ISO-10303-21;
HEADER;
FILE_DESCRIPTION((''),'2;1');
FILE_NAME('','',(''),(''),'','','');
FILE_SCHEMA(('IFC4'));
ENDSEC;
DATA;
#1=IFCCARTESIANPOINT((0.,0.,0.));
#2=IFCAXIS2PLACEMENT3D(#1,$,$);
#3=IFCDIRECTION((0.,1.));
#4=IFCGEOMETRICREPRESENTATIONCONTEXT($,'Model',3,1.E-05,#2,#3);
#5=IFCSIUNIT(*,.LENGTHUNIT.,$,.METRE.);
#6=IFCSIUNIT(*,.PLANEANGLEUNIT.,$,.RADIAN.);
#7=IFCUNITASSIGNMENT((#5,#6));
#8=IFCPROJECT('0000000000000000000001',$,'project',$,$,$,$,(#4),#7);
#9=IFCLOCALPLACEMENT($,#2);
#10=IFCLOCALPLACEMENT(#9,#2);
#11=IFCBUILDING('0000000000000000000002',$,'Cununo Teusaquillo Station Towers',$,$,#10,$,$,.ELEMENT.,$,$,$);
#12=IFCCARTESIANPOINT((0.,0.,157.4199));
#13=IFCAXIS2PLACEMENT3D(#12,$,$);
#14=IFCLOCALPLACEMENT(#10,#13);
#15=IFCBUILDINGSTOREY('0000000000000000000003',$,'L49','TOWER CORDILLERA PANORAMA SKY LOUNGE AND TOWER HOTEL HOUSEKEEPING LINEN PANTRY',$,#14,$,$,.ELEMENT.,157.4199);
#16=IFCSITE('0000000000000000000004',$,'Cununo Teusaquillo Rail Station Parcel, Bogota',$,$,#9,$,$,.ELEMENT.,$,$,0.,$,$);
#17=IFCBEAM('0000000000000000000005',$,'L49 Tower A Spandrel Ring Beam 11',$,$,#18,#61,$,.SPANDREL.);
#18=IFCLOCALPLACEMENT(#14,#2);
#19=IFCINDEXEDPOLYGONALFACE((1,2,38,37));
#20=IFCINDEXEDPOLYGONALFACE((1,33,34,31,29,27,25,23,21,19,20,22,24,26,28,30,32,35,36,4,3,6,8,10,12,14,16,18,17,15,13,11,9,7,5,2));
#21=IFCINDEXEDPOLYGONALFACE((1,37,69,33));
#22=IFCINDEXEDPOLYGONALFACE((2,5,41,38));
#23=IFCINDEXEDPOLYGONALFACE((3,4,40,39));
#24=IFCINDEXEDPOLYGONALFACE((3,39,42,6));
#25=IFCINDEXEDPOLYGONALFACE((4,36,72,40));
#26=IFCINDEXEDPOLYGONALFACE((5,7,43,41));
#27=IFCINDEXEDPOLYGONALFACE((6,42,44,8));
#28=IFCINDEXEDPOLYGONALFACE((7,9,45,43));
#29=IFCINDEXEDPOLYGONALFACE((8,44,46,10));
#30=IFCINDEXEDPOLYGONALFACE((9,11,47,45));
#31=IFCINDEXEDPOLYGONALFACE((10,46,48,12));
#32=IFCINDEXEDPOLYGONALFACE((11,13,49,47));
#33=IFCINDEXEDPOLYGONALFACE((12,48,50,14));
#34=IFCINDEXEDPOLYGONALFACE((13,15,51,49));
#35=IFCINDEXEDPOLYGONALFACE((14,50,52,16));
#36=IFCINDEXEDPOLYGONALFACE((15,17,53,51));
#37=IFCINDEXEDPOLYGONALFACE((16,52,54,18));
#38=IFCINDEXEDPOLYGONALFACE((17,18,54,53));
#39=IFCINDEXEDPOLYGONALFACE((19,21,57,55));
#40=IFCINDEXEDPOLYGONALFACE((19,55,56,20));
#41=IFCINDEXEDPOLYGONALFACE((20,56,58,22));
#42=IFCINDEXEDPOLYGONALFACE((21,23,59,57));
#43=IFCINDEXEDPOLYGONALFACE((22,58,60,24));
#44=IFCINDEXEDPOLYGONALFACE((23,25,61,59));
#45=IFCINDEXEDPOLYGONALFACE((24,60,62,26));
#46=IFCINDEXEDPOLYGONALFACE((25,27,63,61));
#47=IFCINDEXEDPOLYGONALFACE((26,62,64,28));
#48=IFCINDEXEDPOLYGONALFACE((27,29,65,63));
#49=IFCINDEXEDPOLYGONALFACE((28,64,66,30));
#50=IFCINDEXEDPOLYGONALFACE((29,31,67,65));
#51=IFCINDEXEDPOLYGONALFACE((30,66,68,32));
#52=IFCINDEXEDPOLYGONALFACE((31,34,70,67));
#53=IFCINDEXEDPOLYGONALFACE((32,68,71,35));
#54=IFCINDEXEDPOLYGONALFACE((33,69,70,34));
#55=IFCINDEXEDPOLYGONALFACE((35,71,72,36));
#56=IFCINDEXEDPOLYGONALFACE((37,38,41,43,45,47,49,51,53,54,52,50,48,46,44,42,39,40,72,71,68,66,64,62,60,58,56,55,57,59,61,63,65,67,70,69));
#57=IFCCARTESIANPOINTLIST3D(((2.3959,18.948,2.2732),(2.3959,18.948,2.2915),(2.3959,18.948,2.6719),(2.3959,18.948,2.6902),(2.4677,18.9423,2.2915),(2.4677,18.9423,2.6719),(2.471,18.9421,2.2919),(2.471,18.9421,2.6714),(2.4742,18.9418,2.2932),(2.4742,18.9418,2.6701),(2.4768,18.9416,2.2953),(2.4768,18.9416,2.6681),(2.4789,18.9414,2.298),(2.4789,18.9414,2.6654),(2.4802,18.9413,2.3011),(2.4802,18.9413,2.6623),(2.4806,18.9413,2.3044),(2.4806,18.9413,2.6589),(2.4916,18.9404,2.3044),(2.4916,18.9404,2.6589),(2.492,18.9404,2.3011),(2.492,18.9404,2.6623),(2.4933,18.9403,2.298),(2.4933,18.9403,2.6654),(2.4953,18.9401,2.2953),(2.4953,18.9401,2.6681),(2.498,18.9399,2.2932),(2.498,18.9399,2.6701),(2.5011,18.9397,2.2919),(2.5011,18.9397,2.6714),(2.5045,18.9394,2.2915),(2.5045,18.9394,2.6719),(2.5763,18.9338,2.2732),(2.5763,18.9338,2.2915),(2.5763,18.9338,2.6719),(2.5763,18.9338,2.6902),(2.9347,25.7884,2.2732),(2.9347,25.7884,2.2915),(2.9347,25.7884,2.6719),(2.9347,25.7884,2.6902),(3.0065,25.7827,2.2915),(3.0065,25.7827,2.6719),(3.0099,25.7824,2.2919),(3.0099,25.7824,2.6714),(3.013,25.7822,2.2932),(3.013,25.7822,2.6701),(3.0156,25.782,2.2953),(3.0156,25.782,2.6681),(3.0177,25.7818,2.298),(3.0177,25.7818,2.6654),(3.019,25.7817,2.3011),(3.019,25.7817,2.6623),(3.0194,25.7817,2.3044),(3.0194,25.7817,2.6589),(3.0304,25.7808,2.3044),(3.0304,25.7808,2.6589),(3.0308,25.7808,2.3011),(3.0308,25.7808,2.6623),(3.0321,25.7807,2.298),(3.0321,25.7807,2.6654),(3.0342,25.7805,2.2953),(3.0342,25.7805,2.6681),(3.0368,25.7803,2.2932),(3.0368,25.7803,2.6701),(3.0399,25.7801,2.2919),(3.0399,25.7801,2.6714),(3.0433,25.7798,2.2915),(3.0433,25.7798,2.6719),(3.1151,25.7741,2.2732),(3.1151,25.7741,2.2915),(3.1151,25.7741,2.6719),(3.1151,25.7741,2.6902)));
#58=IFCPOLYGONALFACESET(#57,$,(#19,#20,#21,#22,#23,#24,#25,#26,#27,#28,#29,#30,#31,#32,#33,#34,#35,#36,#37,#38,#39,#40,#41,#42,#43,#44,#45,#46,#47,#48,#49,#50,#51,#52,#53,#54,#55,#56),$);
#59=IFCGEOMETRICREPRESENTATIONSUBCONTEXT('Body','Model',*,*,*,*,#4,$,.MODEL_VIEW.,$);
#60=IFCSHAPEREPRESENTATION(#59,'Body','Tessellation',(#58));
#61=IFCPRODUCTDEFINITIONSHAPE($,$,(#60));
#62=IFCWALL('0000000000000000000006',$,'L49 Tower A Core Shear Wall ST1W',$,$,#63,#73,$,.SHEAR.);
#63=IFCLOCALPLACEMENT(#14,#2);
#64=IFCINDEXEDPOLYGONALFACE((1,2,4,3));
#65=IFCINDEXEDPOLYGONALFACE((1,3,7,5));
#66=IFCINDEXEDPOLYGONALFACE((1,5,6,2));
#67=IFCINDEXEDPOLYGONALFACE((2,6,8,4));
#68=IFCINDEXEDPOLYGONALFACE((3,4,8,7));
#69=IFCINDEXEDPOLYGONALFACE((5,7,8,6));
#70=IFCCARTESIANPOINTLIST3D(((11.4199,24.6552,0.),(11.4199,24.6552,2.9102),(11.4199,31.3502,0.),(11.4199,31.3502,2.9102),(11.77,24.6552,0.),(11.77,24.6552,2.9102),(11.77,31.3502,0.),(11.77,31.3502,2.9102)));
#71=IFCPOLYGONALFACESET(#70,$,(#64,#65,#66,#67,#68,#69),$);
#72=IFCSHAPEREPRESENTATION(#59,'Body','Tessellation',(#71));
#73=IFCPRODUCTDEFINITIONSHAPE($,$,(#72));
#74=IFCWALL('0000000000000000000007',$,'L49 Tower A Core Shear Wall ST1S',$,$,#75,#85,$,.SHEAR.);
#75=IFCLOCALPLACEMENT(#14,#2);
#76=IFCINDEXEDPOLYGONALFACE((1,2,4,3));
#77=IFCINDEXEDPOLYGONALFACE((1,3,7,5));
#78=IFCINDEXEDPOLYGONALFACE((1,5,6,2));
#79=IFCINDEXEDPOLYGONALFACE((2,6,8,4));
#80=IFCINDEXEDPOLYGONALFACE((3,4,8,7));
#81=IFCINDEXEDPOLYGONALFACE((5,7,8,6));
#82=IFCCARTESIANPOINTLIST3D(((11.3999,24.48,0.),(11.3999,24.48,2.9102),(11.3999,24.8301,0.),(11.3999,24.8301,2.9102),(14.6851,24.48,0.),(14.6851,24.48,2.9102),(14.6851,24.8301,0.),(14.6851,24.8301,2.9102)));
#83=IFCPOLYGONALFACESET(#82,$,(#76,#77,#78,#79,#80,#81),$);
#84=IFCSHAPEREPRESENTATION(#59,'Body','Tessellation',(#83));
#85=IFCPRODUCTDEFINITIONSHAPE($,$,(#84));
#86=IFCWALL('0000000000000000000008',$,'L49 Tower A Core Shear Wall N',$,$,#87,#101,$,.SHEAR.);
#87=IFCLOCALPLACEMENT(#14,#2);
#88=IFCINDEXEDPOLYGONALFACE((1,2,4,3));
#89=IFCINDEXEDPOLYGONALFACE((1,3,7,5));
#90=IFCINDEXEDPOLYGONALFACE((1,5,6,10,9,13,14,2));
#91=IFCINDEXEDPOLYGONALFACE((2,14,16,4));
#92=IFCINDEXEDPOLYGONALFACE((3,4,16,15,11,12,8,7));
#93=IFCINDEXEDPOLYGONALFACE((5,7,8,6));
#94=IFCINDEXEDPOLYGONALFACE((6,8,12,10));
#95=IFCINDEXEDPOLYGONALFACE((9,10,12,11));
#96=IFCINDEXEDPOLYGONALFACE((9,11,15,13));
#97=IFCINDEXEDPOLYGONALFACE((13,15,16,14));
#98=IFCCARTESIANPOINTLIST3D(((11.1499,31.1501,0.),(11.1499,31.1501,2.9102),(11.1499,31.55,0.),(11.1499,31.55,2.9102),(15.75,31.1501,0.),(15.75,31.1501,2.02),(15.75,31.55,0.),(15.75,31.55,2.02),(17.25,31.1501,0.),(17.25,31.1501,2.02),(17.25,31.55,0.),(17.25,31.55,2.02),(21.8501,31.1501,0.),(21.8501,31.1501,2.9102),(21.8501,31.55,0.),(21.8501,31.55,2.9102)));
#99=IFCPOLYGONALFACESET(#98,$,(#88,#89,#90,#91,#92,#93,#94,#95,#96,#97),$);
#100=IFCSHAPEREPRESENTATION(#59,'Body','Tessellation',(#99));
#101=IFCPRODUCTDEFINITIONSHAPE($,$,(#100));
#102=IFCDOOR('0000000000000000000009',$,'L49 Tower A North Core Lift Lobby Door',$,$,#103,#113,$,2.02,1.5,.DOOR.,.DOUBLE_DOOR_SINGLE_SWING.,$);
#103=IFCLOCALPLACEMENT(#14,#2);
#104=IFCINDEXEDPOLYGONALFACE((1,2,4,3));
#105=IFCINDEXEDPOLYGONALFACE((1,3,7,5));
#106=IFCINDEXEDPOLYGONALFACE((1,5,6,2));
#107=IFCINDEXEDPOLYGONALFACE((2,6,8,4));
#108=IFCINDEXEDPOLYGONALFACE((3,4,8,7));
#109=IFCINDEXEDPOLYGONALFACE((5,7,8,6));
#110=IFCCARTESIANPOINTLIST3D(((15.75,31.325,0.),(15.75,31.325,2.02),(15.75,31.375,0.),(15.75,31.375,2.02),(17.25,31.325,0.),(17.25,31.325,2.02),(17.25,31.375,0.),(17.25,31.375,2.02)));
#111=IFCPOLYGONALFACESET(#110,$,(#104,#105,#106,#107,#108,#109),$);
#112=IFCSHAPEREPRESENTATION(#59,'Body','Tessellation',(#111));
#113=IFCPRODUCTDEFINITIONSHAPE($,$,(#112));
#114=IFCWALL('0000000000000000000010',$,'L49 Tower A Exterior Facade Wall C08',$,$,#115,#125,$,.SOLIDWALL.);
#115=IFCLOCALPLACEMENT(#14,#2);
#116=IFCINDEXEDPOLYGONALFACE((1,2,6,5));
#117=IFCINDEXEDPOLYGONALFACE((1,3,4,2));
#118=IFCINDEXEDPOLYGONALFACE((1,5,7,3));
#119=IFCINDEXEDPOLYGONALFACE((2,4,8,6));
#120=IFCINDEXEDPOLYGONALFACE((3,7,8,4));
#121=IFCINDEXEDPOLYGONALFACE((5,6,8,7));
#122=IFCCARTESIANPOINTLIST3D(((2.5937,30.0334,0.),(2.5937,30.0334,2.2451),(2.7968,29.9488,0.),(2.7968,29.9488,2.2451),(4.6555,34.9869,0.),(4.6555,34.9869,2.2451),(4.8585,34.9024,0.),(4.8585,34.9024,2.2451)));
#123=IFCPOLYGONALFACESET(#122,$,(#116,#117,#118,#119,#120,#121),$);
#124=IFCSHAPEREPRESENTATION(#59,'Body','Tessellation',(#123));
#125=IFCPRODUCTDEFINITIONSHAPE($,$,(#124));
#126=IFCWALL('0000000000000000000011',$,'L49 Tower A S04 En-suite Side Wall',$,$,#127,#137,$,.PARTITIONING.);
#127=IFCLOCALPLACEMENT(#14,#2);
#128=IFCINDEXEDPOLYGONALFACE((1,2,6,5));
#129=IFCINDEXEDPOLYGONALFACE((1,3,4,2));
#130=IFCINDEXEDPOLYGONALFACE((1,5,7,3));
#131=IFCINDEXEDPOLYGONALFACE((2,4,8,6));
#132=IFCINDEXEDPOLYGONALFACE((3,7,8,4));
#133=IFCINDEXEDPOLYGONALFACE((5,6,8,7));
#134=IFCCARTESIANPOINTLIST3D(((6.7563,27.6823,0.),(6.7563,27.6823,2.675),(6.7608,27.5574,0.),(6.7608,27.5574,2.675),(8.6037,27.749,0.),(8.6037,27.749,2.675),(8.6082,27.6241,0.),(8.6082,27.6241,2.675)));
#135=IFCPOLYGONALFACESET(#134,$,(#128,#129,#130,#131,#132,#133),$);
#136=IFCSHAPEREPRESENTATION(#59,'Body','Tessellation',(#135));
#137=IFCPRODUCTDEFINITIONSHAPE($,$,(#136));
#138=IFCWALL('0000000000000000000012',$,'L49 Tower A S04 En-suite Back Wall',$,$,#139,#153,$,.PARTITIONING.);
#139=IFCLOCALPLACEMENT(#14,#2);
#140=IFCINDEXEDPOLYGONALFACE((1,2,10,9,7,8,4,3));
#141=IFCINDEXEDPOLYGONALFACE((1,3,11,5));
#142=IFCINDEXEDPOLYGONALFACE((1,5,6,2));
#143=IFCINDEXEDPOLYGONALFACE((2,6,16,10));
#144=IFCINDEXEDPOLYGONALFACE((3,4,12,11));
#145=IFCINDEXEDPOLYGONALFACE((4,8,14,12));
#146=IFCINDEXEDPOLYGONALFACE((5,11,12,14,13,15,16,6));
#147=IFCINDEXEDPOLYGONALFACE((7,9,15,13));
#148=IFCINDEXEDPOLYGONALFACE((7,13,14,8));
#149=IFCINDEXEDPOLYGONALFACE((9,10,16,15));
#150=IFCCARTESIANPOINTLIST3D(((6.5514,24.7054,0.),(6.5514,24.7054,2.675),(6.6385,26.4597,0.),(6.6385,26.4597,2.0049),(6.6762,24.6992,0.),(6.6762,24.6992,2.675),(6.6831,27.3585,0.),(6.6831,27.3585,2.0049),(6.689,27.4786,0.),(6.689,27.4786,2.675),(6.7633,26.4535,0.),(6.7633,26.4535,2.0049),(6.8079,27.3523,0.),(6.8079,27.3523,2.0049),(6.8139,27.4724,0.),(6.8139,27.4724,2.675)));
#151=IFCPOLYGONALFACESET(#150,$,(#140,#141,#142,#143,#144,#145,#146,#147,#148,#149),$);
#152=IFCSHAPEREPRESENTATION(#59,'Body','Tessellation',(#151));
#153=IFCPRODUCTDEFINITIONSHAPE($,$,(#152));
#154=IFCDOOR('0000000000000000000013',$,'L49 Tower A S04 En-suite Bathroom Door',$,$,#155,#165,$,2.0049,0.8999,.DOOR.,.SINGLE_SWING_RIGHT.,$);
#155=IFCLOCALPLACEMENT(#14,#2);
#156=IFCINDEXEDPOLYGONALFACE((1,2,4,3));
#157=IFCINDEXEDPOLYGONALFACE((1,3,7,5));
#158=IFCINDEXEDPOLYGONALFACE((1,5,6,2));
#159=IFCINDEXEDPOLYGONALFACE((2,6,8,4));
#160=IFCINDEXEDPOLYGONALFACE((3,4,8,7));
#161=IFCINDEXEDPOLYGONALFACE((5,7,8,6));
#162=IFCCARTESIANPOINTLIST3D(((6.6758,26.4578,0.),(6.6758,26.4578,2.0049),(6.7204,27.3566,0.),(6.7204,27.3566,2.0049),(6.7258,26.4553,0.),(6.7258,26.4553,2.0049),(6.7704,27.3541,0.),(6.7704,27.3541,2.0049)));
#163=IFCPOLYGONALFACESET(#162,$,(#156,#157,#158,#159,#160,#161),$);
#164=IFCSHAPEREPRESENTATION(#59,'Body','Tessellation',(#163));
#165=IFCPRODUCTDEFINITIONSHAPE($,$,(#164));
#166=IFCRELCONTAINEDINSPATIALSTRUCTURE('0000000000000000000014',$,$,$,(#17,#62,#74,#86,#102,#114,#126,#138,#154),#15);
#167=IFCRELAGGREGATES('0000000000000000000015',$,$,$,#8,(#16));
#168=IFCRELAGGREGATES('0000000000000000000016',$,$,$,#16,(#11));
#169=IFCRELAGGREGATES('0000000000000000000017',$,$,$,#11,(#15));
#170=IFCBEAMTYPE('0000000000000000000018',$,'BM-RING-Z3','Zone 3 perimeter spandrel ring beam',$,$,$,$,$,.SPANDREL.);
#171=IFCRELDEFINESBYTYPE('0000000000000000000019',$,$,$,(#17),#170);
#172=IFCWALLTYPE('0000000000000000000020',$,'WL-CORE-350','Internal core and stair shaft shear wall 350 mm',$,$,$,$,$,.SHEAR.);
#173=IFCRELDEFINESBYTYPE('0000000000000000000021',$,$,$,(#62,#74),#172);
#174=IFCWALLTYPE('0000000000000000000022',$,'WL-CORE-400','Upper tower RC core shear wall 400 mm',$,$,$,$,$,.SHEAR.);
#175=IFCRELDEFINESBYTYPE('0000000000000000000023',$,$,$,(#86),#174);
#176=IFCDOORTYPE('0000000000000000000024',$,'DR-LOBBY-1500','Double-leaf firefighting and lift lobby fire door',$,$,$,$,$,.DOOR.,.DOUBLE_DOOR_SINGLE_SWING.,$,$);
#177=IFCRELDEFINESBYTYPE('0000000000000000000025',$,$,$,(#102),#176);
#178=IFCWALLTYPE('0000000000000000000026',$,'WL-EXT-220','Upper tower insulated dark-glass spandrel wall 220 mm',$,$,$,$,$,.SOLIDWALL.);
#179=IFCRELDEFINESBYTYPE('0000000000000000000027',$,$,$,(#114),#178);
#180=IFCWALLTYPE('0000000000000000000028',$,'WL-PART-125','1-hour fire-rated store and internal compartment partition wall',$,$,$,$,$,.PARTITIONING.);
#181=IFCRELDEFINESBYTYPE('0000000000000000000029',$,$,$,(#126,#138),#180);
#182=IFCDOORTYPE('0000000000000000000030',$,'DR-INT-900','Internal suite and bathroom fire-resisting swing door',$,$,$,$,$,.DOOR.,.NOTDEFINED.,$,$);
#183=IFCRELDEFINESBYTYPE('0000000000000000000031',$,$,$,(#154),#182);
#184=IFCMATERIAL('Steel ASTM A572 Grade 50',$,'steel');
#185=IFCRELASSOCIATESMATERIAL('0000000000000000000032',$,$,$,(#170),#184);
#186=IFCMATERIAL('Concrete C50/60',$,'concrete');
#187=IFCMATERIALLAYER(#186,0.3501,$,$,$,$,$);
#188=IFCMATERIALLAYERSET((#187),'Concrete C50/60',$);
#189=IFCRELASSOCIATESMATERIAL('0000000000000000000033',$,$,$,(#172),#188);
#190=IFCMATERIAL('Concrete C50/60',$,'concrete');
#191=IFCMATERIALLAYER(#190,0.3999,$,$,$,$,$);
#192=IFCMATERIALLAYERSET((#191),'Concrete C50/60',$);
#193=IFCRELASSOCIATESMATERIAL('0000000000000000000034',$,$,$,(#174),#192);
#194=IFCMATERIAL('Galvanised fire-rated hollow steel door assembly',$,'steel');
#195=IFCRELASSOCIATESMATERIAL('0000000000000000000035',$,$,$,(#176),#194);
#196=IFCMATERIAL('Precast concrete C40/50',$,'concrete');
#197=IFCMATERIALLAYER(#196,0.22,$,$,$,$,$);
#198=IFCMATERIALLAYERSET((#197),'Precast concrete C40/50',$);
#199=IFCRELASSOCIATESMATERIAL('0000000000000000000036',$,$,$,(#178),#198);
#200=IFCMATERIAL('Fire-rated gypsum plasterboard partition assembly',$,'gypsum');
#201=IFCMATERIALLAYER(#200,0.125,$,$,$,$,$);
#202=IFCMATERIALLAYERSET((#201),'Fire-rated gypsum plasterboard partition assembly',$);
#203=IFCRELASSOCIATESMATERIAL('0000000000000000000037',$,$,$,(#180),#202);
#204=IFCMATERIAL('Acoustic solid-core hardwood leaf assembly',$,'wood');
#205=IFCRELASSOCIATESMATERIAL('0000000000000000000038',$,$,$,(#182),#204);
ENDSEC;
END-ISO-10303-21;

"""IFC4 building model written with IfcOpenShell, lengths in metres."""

from ifc_helpers import new_model, si_unit, direction, frame, frame_2d, origin, origin_2d, place, context, subcontext, project, spatial, rectangle, i_section, extrude, source, transform, mapped, material, layer, layer_set, material_profile, profile_set, type_object, element, fill, save


model = new_model("IFC4")

# Units and contexts
model_context = context("Model", 3, precision=1e-05, world=origin(), true_north=direction((0.0, 1.0)))
body_context = subcontext(model_context, "Body", "Model", "MODEL_VIEW")
ifc_project = project(units=[si_unit("LENGTHUNIT", "METRE"), si_unit("PLANEANGLEUNIT", "RADIAN")], contexts=[model_context])

# Site, building, storey
site_placement = place(None, origin())
site = spatial("IfcSite", under=ifc_project, at=site_placement, Name="Cununo Teusaquillo Rail Station Parcel, Bogota", CompositionType="ELEMENT", RefElevation=0.0)
building_placement = place(site_placement, origin())
building = spatial("IfcBuilding", under=site, at=building_placement, Name="Cununo Teusaquillo Station Towers", CompositionType="ELEMENT")
storey_placement = place(building_placement, frame((0.0, 0.0, 157.4199)))
storey = spatial("IfcBuildingStorey", under=building, at=storey_placement, Name="L49", Description="TOWER CORDILLERA PANORAMA SKY LOUNGE AND TOWER HOTEL HOUSEKEEPING LINEN PANTRY", CompositionType="ELEMENT", Elevation=157.4199)

# Beam
ifc_material_1 = material(Name="Steel ASTM A572 Grade 50", Category="steel")
ifc_material_profile_1 = material_profile(ifc_material_1, i_section(OverallWidth=0.1809, OverallDepth=0.417, WebThickness=0.011, FlangeThickness=0.0183, FilletRadius=0.0129, at=origin_2d()), Name="W16X57")
ifc_profile_set_1 = profile_set([ifc_material_profile_1], Name="Steel ASTM A572 Grade 50")
beam_type_1 = type_object("IfcBeamType", Name="BM-RING-Z3", Description="Zone 3 perimeter spandrel ring beam", PredefinedType="SPANDREL", material=ifc_profile_set_1)
beam_1_placement = place(storey_placement, frame((3.0249, 25.7812, 2.4817), z_axis=(-0.078528, -0.996912, 0.0), x_axis=(0.996912, -0.078528, 0.0)))
element("IfcBeam", 1, at=beam_1_placement, inside=storey, type_object=beam_type_1, Name="L49 Tower A Spandrel Ring Beam 11", PredefinedType="SPANDREL", context=body_context, shape_type="SweptSolid", body=[
    extrude(i_section(OverallWidth=0.1809, OverallDepth=0.417, WebThickness=0.011, FlangeThickness=0.0183, FilletRadius=0.0129, at=origin_2d()), origin(), (0.0, 0.0, 1.0), 6.8616),
])

# Walls
ifc_material_2 = material(Name="Concrete C50/60", Category="concrete")
ifc_layer_1 = layer(ifc_material_2, 0.3501)
ifc_layer_set_1 = layer_set([ifc_layer_1], Name="Concrete C50/60")
wall_type_1 = type_object("IfcWallType", Name="WL-CORE-350", Description="Internal core and stair shaft shear wall 350 mm", PredefinedType="SHEAR", material=ifc_layer_set_1)
wall_1_placement = place(storey_placement, frame((11.595, 24.655, 0.0), z_axis=(0.0, 0.0, 1.0), x_axis=(0.0, 1.0, 0.0)))
element("IfcWall", 2, at=wall_1_placement, inside=storey, type_object=wall_type_1, Name="L49 Tower A Core Shear Wall ST1W", PredefinedType="SHEAR", context=body_context, shape_type="SweptSolid", body=[
    extrude(rectangle(XDim=6.6951, YDim=0.3501, at=frame_2d((3.3477, 0.0))), origin(), (0.0, 0.0, 1.0), 2.9102),
])
wall_2_placement = place(storey_placement, frame((11.3999, 24.655, 0.0), z_axis=(0.0, 0.0, 1.0), x_axis=(1.0, 0.0, 0.0)))
element("IfcWall", 3, at=wall_2_placement, inside=storey, type_object=wall_type_1, Name="L49 Tower A Core Shear Wall ST1S", PredefinedType="SHEAR", context=body_context, shape_type="SweptSolid", body=[
    extrude(rectangle(XDim=3.2852, YDim=0.3501, at=frame_2d((1.6426, 0.0))), origin(), (0.0, 0.0, 1.0), 2.9102),
])

# Wall, opening, door
ifc_material_3 = material(Name="Concrete C50/60", Category="concrete")
ifc_layer_2 = layer(ifc_material_3, 0.3999)
ifc_layer_set_2 = layer_set([ifc_layer_2], Name="Concrete C50/60")
wall_type_2 = type_object("IfcWallType", Name="WL-CORE-400", Description="Upper tower RC core shear wall 400 mm", PredefinedType="SHEAR", material=ifc_layer_set_2)
wall_3_placement = place(storey_placement, frame((11.1499, 31.3501, 0.0), z_axis=(0.0, 0.0, 1.0), x_axis=(1.0, 0.0, 0.0)))
wall_3 = element("IfcWall", 4, at=wall_3_placement, inside=storey, type_object=wall_type_2, Name="L49 Tower A Core Shear Wall N", PredefinedType="SHEAR", context=body_context, shape_type="SweptSolid", body=[
    extrude(rectangle(XDim=10.7002, YDim=0.3999, at=frame_2d((5.3501, 0.0))), origin(), (0.0, 0.0, 1.0), 2.9102),
])
shared_shape_1 = source(origin(), body_context, "Body", "SweptSolid", [
    extrude(rectangle(XDim=1.5, YDim=2.02, at=frame_2d((0.75, 1.01))), frame((0.0, 0.21, 0.0), z_axis=(0.0, -1.0, 0.0), x_axis=(1.0, 0.0, 0.0)), (0.0, 0.0, 1.0), 0.4199),
])
opening_1_placement = place(wall_3_placement, frame((4.6001, 0.0, 0.0)))
opening_1 = element("IfcOpeningElement", 5, at=opening_1_placement, cuts=wall_3, PredefinedType="OPENING", context=body_context, shape_type="MappedRepresentation", body=[
    mapped(shared_shape_1, transform((0.0, 0.0, 0.0), x_axis=(1.0, 0.0, 0.0), y_axis=(0.0, 1.0, 0.0), z_axis=(0.0, 0.0, 1.0), scale=1.0)),
])
ifc_material_4 = material(Name="Galvanised fire-rated hollow steel door assembly", Category="steel")
door_type_1 = type_object("IfcDoorType", Name="DR-LOBBY-1500", Description="Double-leaf firefighting and lift lobby fire door", OperationType="DOUBLE_DOOR_SINGLE_SWING", PredefinedType="DOOR", material=ifc_material_4)
shared_shape_2 = source(origin(), body_context, "Body", "SweptSolid", [
    extrude(rectangle(XDim=1.5, YDim=2.02, at=frame_2d((0.75, 1.01))), frame((0.0, 0.0249, 0.0), z_axis=(0.0, -1.0, 0.0), x_axis=(1.0, 0.0, 0.0)), (0.0, 0.0, 1.0), 0.05),
])
door_1_placement = place(opening_1_placement, origin())
door_1 = element("IfcDoor", 6, at=door_1_placement, inside=storey, type_object=door_type_1, Name="L49 Tower A North Core Lift Lobby Door", OperationType="DOUBLE_DOOR_SINGLE_SWING", OverallHeight=2.02, OverallWidth=1.5, PredefinedType="DOOR", context=body_context, shape_type="MappedRepresentation", body=[
    mapped(shared_shape_2, transform((0.0, 0.0, 0.0), x_axis=(1.0, 0.0, 0.0), y_axis=(0.0, 1.0, 0.0), z_axis=(0.0, 0.0, 1.0), scale=1.0)),
])
fill(opening_1, door_1)

# Walls
ifc_material_5 = material(Name="Precast concrete C40/50", Category="concrete")
ifc_layer_3 = layer(ifc_material_5, 0.22)
ifc_layer_set_3 = layer_set([ifc_layer_3], Name="Precast concrete C40/50")
wall_type_3 = type_object("IfcWallType", Name="WL-EXT-220", Description="Upper tower insulated dark-glass spandrel wall 220 mm", PredefinedType="SOLIDWALL", material=ifc_layer_set_3)
wall_4_placement = place(storey_placement, frame((2.6953, 29.9912, 0.0), z_axis=(0.0, 0.0, 1.0), x_axis=(0.38426, 0.923225, 0.0)))
element("IfcWall", 7, at=wall_4_placement, inside=storey, type_object=wall_type_3, Name="L49 Tower A Exterior Facade Wall C08", PredefinedType="SOLIDWALL", context=body_context, shape_type="SweptSolid", body=[
    extrude(rectangle(XDim=5.3655, YDim=0.22, at=frame_2d((2.6826, 0.0))), origin(), (0.0, 0.0, 1.0), 2.2451),
])
ifc_material_6 = material(Name="Fire-rated gypsum plasterboard partition assembly", Category="gypsum")
ifc_layer_4 = layer(ifc_material_6, 0.125)
ifc_layer_set_4 = layer_set([ifc_layer_4], Name="Fire-rated gypsum plasterboard partition assembly")
wall_type_4 = type_object("IfcWallType", Name="WL-PART-125", Description="1-hour fire-rated store and internal compartment partition wall", PredefinedType="PARTITIONING", material=ifc_layer_set_4)
wall_5_placement = place(storey_placement, frame((8.606, 27.6865, 0.0), z_axis=(0.0, 0.0, 1.0), x_axis=(-0.99935, -0.036054, 0.0)))
element("IfcWall", 8, at=wall_5_placement, inside=storey, type_object=wall_type_4, Name="L49 Tower A S04 En-suite Side Wall", PredefinedType="PARTITIONING", context=body_context, shape_type="SweptSolid", body=[
    extrude(rectangle(XDim=1.8486, YDim=0.125, at=frame_2d((0.9243, 0.0))), origin(), (0.0, 0.0, 1.0), 2.675),
])

# Wall, opening, door
wall_6_placement = place(storey_placement, frame((6.7515, 27.4753, 0.0), z_axis=(0.0, 0.0, 1.0), x_axis=(-0.049591, -0.99877, 0.0)))
wall_6 = element("IfcWall", 9, at=wall_6_placement, inside=storey, type_object=wall_type_4, Name="L49 Tower A S04 En-suite Back Wall", PredefinedType="PARTITIONING", context=body_context, shape_type="SweptSolid", body=[
    extrude(rectangle(XDim=2.7766, YDim=0.125, at=frame_2d((1.3882, 0.0))), origin(), (0.0, 0.0, 1.0), 2.675),
])
shared_shape_3 = source(origin(), body_context, "Body", "SweptSolid", [
    extrude(rectangle(XDim=0.8999, YDim=2.0049, at=frame_2d((0.45, 1.0024))), frame((0.0, 0.0725, 0.0), z_axis=(0.0, -1.0, 0.0), x_axis=(1.0, 0.0, 0.0)), (0.0, 0.0, 1.0), 0.145),
])
opening_2_placement = place(wall_6_placement, frame((0.1201, 0.0, 0.0)))
opening_2 = element("IfcOpeningElement", 10, at=opening_2_placement, cuts=wall_6, PredefinedType="OPENING", context=body_context, shape_type="MappedRepresentation", body=[
    mapped(shared_shape_3, transform((0.0, 0.0, 0.0), x_axis=(1.0, 0.0, 0.0), y_axis=(0.0, 1.0, 0.0), z_axis=(0.0, 0.0, 1.0), scale=1.0)),
])
ifc_material_7 = material(Name="Acoustic solid-core hardwood leaf assembly", Category="wood")
door_type_2 = type_object("IfcDoorType", Name="DR-INT-900", Description="Internal suite and bathroom fire-resisting swing door", OperationType="NOTDEFINED", PredefinedType="DOOR", material=ifc_material_7)
shared_shape_4 = source(origin(), body_context, "Body", "SweptSolid", [
    extrude(rectangle(XDim=0.8999, YDim=2.0049, at=frame_2d((0.45, 1.0024))), frame((0.0, 0.0249, 0.0), z_axis=(0.0, -1.0, 0.0), x_axis=(1.0, 0.0, 0.0)), (0.0, 0.0, 1.0), 0.05),
])
door_2_placement = place(opening_2_placement, origin())
door_2 = element("IfcDoor", 11, at=door_2_placement, inside=storey, type_object=door_type_2, Name="L49 Tower A S04 En-suite Bathroom Door", OperationType="SINGLE_SWING_RIGHT", OverallHeight=2.0049, OverallWidth=0.8999, PredefinedType="DOOR", context=body_context, shape_type="MappedRepresentation", body=[
    mapped(shared_shape_4, transform((0.0, 0.0, 0.0), x_axis=(1.0, 0.0, 0.0), y_axis=(0.0, 1.0, 0.0), z_axis=(0.0, 0.0, 1.0), scale=1.0)),
])
fill(opening_2, door_2)

save(model, "model.ifc")
